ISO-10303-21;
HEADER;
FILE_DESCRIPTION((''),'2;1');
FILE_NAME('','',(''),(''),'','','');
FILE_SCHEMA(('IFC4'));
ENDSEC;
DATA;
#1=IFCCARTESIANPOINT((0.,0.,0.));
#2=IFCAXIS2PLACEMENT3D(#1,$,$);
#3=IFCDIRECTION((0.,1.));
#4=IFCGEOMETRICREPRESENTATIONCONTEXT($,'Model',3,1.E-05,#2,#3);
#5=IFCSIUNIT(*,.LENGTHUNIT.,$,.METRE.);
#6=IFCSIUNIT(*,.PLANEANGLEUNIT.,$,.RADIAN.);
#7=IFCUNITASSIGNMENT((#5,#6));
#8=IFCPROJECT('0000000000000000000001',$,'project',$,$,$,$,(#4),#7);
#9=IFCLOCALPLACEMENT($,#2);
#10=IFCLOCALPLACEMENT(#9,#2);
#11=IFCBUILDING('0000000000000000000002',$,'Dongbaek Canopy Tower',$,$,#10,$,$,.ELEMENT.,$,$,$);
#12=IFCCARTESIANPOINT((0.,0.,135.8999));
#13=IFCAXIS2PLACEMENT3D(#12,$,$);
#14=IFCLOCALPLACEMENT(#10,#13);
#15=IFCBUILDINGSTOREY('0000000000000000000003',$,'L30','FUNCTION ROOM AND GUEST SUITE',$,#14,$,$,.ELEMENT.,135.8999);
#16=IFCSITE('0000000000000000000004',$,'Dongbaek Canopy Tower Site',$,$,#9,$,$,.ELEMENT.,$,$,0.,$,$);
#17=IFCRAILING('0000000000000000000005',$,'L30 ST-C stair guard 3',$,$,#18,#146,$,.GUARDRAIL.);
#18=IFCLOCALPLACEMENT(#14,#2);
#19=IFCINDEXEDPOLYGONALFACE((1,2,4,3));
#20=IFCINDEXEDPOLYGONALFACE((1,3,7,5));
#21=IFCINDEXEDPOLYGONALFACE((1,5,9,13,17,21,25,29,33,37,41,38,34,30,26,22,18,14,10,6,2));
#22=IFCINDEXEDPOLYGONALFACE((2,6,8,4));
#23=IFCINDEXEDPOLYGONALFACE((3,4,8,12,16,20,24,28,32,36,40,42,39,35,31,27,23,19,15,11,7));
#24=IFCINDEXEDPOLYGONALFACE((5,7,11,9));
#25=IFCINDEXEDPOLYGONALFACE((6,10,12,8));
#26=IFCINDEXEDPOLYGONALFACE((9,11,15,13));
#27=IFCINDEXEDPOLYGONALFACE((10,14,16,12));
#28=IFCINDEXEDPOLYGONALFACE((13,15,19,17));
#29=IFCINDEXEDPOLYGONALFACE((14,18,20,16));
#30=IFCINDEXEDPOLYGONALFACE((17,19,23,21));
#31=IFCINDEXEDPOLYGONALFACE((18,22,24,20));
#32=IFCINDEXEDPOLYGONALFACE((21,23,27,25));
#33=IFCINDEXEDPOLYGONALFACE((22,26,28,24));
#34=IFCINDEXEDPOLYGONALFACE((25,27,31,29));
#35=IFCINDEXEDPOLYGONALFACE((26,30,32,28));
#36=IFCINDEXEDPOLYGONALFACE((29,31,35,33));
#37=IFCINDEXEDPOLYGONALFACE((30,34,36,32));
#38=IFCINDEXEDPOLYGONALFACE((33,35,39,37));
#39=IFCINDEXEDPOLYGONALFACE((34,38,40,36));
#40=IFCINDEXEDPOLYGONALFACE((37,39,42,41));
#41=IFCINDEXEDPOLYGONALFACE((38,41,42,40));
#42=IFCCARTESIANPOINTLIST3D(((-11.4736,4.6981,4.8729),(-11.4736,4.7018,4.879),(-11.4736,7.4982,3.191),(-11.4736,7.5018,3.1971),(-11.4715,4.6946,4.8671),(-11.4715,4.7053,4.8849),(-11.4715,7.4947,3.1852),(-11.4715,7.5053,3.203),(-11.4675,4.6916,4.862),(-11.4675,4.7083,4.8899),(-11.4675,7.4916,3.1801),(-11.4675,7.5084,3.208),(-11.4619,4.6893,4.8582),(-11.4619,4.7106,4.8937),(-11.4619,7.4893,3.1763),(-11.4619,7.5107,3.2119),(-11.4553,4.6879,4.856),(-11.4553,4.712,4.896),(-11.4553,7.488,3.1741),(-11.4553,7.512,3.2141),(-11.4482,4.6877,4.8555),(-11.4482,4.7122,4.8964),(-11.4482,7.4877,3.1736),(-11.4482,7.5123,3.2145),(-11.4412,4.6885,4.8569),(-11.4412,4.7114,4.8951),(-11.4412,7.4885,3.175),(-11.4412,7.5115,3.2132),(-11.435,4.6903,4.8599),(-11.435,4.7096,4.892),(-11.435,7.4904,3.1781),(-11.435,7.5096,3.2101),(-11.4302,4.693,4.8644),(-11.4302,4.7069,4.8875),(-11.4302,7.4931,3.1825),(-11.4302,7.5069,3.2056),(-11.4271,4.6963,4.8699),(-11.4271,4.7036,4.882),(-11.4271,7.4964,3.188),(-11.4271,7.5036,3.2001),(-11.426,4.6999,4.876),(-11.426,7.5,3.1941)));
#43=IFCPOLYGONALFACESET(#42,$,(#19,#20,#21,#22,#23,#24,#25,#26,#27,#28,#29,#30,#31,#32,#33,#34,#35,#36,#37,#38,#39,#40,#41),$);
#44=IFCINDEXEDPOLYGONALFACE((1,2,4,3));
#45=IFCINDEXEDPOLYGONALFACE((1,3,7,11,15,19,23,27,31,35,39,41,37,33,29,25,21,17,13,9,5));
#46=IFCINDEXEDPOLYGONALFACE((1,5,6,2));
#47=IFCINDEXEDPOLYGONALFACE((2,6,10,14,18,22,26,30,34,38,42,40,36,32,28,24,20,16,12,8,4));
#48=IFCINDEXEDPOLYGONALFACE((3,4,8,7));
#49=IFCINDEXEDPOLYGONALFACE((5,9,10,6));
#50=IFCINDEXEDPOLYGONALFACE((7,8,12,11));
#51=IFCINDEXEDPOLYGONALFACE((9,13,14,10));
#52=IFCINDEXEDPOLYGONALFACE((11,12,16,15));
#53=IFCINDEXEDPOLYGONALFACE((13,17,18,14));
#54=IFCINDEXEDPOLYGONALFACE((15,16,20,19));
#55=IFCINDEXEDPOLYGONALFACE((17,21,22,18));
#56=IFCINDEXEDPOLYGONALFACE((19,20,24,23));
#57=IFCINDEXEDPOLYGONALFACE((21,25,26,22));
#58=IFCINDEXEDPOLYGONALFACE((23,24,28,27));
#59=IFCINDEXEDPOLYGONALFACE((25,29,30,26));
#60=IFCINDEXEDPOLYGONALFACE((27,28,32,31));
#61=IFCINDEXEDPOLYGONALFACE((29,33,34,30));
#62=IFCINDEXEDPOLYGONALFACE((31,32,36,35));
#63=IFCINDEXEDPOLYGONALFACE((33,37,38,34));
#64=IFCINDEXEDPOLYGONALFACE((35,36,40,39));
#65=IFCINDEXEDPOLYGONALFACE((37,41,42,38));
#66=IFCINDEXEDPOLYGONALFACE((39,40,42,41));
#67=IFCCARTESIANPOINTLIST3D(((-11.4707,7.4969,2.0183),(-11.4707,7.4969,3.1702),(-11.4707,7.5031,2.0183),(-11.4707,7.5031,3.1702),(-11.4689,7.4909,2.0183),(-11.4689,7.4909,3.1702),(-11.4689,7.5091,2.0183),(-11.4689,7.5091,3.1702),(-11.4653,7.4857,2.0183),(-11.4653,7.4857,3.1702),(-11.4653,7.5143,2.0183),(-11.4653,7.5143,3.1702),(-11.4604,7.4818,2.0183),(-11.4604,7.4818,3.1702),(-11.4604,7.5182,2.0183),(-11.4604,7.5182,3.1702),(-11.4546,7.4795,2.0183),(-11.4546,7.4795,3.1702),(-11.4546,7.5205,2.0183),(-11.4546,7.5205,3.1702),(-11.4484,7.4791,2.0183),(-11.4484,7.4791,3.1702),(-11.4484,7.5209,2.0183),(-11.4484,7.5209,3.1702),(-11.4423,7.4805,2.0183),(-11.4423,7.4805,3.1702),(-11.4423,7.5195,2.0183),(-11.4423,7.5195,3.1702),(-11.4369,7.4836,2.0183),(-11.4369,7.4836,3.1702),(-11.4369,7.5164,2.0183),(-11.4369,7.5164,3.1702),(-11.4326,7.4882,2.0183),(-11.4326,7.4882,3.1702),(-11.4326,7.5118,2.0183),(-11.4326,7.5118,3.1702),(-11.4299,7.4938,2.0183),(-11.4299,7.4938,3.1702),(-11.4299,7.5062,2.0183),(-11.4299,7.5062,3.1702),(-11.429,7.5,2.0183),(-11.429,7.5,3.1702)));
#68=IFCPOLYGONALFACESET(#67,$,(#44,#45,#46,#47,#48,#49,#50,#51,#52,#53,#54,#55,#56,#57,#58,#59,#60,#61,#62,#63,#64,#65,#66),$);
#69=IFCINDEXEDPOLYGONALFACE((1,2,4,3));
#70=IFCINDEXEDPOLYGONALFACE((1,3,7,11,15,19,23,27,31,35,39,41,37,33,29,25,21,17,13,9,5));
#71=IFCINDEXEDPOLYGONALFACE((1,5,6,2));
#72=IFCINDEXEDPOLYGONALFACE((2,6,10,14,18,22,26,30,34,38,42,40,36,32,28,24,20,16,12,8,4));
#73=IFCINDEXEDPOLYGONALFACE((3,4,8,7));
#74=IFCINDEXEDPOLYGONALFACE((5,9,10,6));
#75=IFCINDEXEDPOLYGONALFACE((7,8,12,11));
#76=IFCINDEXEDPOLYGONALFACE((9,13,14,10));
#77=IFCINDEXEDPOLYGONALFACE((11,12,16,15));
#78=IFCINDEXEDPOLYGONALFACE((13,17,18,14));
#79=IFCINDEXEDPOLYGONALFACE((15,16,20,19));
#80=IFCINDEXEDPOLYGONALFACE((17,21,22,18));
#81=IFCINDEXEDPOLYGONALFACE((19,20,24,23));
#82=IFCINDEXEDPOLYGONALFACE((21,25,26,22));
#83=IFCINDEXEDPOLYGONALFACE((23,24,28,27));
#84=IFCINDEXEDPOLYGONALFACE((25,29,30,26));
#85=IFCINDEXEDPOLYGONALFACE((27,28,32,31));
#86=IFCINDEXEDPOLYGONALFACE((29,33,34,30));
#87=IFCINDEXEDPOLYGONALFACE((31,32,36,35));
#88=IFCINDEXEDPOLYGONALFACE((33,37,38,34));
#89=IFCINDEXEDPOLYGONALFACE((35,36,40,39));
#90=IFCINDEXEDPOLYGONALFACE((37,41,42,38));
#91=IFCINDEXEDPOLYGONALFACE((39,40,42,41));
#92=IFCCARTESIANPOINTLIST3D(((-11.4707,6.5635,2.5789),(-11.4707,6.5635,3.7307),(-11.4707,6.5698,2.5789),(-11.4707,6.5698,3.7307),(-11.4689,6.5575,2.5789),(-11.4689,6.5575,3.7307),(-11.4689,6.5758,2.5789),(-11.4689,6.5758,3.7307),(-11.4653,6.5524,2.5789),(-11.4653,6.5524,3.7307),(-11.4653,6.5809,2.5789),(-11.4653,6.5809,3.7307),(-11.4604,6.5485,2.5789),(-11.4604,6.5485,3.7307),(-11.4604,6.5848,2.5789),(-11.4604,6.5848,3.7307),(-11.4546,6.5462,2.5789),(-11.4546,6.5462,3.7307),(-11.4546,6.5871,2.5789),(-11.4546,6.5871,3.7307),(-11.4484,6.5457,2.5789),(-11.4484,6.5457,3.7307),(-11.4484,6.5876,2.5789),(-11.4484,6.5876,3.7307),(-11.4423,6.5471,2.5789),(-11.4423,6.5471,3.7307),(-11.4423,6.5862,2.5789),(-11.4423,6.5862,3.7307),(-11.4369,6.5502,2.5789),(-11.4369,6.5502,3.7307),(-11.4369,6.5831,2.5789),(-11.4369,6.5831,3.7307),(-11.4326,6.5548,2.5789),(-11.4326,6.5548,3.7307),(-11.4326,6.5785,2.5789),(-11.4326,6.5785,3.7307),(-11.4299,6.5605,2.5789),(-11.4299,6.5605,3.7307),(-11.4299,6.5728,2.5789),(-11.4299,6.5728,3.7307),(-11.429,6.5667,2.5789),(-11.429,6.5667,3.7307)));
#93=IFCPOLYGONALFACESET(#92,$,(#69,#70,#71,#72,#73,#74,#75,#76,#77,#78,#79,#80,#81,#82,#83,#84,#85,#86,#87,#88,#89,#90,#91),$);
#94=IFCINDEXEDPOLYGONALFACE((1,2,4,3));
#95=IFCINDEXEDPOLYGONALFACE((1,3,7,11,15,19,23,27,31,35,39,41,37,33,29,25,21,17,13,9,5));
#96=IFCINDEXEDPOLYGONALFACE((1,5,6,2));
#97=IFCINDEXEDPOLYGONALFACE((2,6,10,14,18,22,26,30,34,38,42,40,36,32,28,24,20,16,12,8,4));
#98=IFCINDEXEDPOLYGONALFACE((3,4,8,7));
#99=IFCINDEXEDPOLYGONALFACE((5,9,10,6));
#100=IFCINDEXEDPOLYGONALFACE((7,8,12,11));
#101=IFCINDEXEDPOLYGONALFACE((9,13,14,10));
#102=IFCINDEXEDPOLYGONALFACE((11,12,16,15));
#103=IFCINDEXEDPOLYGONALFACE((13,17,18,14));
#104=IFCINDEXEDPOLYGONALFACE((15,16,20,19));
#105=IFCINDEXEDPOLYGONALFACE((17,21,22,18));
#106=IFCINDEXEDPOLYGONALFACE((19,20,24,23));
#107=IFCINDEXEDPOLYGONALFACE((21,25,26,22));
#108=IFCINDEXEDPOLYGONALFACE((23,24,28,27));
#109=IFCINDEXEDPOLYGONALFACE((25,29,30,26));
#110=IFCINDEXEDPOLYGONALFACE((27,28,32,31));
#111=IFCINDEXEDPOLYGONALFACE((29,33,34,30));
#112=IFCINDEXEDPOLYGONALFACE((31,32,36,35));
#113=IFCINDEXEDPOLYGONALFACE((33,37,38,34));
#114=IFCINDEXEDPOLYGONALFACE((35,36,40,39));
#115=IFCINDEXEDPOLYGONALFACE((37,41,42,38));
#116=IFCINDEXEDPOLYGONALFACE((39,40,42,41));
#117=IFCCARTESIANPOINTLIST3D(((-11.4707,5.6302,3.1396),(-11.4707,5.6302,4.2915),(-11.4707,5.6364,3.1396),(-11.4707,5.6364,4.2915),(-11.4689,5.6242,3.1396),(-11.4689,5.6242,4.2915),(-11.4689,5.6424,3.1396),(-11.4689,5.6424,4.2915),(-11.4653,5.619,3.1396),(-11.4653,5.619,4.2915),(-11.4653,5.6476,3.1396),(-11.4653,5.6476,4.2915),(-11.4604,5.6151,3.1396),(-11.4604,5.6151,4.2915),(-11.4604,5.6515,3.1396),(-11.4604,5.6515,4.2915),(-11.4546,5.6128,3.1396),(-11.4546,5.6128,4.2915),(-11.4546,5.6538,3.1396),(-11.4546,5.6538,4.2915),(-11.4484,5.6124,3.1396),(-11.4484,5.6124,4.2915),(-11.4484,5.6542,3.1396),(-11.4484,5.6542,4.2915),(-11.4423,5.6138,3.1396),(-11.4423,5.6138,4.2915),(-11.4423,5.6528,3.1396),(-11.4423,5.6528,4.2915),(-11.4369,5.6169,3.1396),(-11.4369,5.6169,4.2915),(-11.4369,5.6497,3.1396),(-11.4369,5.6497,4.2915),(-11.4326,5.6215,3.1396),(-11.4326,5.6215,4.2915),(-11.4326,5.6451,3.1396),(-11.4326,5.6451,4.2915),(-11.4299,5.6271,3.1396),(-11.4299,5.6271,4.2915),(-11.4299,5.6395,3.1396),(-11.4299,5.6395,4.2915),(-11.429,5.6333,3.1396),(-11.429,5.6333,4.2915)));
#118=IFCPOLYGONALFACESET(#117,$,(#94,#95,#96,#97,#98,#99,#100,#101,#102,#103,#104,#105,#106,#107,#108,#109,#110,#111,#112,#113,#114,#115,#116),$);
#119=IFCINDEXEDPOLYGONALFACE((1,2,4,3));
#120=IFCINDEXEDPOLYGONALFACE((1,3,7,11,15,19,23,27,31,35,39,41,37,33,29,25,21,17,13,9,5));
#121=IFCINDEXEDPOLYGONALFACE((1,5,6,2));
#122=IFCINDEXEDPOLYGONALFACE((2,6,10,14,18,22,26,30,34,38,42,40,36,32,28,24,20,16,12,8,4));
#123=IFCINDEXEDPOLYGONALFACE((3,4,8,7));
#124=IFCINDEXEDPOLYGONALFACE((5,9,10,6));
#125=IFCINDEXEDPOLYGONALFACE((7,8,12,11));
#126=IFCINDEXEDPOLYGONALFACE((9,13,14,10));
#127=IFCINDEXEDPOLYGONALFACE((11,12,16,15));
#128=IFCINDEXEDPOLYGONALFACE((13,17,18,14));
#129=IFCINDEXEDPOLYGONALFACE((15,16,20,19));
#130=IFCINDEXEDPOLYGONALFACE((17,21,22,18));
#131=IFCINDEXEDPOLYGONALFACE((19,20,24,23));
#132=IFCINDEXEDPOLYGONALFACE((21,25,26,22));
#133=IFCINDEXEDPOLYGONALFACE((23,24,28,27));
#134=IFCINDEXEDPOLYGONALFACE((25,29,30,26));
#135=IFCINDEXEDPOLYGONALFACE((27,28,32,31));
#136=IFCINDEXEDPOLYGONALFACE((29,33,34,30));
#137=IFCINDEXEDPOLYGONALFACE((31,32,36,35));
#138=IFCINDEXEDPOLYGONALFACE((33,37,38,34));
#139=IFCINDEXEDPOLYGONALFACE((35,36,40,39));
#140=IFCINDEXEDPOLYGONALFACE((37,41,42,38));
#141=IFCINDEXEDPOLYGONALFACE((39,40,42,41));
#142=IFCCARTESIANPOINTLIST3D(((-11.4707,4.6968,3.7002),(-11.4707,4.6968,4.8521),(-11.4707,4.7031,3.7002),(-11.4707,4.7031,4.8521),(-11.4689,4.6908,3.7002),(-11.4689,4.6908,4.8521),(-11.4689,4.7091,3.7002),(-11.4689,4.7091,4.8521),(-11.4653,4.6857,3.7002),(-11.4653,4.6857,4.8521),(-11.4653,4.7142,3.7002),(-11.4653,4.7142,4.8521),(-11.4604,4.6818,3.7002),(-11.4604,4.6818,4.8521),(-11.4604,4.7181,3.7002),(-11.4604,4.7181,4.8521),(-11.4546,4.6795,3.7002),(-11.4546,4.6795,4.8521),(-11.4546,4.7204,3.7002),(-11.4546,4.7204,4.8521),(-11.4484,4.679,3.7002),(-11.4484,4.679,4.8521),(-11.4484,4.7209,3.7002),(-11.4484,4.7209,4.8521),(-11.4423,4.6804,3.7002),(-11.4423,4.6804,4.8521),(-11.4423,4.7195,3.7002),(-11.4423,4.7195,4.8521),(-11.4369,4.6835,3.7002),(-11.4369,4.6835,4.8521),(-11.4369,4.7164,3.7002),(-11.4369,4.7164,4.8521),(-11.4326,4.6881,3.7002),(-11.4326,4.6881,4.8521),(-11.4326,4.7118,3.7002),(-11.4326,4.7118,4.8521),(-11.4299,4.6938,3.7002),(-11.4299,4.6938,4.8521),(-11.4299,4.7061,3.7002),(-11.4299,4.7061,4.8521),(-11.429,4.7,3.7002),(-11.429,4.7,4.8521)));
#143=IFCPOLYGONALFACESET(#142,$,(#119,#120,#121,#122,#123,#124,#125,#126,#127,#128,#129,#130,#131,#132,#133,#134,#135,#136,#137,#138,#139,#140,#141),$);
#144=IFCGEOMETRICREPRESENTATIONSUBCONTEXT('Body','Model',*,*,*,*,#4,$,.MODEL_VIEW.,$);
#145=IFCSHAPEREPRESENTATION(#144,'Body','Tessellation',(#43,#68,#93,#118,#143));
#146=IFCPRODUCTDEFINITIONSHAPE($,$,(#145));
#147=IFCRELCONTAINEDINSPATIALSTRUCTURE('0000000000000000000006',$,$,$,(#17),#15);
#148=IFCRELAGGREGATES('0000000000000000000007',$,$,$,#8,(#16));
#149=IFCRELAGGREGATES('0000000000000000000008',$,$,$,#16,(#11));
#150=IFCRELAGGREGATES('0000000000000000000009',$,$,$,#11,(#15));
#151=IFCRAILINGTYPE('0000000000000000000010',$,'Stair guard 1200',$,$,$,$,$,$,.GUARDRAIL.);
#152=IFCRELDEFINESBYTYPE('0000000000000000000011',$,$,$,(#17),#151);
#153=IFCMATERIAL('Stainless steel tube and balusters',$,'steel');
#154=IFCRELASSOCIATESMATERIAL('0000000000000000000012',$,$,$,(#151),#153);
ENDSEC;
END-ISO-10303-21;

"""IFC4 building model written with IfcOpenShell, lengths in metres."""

from ifc_helpers import new_model, si_unit, direction, frame, origin, origin_2d, place, context, subcontext, project, spatial, circle, extrude, material, type_object, element, save


model = new_model("IFC4")

# Units and contexts
model_context = context("Model", 3, precision=1e-05, world=origin(), true_north=direction((0.0, 1.0)))
body_context = subcontext(model_context, "Body", "Model", "MODEL_VIEW")
ifc_project = project(units=[si_unit("LENGTHUNIT", "METRE"), si_unit("PLANEANGLEUNIT", "RADIAN")], contexts=[model_context])

# Site, building, storey
site_placement = place(None, origin())
site = spatial("IfcSite", under=ifc_project, at=site_placement, Name="Dongbaek Canopy Tower Site", CompositionType="ELEMENT", RefElevation=0.0)
building_placement = place(site_placement, origin())
building = spatial("IfcBuilding", under=site, at=building_placement, Name="Dongbaek Canopy Tower", CompositionType="ELEMENT")
storey_placement = place(building_placement, frame((0.0, 0.0, 135.8999)))
storey = spatial("IfcBuildingStorey", under=building, at=storey_placement, Name="L30", Description="FUNCTION ROOM AND GUEST SUITE", CompositionType="ELEMENT", Elevation=135.8999)

# Railing
ifc_material_1 = material(Name="Stainless steel tube and balusters", Category="steel")
railing_type_1 = type_object("IfcRailingType", Name="Stair guard 1200", PredefinedType="GUARDRAIL", material=ifc_material_1)
railing_1_placement = place(storey_placement, frame((-11.45, 7.5, 2.0183)))
element("IfcRailing", 1, at=railing_1_placement, inside=storey, type_object=railing_type_1, Name="L30 ST-C stair guard 3", PredefinedType="GUARDRAIL", context=body_context, shape_type="SweptSolid", body=[
    extrude(circle(Radius=0.0239, at=origin_2d()), frame((0.0, 0.0, 1.1758), z_axis=(0.0, -0.857242, 0.514913), x_axis=(1.0, 0.0, 0.0)), (0.0, 0.0, 1.0), 3.2664),
    extrude(circle(Radius=0.021, at=origin_2d()), origin(), (0.0, 0.0, 1.0), 1.1519),
    extrude(circle(Radius=0.021, at=origin_2d()), frame((0.0, -0.9333, 0.5605)), (0.0, 0.0, 1.0), 1.1519),
    extrude(circle(Radius=0.021, at=origin_2d()), frame((0.0, -1.8667, 1.1213)), (0.0, 0.0, 1.0), 1.1519),
    extrude(circle(Radius=0.021, at=origin_2d()), frame((0.0, -2.8, 1.6819)), (0.0, 0.0, 1.0), 1.1519),
])

save(model, "model.ifc")
